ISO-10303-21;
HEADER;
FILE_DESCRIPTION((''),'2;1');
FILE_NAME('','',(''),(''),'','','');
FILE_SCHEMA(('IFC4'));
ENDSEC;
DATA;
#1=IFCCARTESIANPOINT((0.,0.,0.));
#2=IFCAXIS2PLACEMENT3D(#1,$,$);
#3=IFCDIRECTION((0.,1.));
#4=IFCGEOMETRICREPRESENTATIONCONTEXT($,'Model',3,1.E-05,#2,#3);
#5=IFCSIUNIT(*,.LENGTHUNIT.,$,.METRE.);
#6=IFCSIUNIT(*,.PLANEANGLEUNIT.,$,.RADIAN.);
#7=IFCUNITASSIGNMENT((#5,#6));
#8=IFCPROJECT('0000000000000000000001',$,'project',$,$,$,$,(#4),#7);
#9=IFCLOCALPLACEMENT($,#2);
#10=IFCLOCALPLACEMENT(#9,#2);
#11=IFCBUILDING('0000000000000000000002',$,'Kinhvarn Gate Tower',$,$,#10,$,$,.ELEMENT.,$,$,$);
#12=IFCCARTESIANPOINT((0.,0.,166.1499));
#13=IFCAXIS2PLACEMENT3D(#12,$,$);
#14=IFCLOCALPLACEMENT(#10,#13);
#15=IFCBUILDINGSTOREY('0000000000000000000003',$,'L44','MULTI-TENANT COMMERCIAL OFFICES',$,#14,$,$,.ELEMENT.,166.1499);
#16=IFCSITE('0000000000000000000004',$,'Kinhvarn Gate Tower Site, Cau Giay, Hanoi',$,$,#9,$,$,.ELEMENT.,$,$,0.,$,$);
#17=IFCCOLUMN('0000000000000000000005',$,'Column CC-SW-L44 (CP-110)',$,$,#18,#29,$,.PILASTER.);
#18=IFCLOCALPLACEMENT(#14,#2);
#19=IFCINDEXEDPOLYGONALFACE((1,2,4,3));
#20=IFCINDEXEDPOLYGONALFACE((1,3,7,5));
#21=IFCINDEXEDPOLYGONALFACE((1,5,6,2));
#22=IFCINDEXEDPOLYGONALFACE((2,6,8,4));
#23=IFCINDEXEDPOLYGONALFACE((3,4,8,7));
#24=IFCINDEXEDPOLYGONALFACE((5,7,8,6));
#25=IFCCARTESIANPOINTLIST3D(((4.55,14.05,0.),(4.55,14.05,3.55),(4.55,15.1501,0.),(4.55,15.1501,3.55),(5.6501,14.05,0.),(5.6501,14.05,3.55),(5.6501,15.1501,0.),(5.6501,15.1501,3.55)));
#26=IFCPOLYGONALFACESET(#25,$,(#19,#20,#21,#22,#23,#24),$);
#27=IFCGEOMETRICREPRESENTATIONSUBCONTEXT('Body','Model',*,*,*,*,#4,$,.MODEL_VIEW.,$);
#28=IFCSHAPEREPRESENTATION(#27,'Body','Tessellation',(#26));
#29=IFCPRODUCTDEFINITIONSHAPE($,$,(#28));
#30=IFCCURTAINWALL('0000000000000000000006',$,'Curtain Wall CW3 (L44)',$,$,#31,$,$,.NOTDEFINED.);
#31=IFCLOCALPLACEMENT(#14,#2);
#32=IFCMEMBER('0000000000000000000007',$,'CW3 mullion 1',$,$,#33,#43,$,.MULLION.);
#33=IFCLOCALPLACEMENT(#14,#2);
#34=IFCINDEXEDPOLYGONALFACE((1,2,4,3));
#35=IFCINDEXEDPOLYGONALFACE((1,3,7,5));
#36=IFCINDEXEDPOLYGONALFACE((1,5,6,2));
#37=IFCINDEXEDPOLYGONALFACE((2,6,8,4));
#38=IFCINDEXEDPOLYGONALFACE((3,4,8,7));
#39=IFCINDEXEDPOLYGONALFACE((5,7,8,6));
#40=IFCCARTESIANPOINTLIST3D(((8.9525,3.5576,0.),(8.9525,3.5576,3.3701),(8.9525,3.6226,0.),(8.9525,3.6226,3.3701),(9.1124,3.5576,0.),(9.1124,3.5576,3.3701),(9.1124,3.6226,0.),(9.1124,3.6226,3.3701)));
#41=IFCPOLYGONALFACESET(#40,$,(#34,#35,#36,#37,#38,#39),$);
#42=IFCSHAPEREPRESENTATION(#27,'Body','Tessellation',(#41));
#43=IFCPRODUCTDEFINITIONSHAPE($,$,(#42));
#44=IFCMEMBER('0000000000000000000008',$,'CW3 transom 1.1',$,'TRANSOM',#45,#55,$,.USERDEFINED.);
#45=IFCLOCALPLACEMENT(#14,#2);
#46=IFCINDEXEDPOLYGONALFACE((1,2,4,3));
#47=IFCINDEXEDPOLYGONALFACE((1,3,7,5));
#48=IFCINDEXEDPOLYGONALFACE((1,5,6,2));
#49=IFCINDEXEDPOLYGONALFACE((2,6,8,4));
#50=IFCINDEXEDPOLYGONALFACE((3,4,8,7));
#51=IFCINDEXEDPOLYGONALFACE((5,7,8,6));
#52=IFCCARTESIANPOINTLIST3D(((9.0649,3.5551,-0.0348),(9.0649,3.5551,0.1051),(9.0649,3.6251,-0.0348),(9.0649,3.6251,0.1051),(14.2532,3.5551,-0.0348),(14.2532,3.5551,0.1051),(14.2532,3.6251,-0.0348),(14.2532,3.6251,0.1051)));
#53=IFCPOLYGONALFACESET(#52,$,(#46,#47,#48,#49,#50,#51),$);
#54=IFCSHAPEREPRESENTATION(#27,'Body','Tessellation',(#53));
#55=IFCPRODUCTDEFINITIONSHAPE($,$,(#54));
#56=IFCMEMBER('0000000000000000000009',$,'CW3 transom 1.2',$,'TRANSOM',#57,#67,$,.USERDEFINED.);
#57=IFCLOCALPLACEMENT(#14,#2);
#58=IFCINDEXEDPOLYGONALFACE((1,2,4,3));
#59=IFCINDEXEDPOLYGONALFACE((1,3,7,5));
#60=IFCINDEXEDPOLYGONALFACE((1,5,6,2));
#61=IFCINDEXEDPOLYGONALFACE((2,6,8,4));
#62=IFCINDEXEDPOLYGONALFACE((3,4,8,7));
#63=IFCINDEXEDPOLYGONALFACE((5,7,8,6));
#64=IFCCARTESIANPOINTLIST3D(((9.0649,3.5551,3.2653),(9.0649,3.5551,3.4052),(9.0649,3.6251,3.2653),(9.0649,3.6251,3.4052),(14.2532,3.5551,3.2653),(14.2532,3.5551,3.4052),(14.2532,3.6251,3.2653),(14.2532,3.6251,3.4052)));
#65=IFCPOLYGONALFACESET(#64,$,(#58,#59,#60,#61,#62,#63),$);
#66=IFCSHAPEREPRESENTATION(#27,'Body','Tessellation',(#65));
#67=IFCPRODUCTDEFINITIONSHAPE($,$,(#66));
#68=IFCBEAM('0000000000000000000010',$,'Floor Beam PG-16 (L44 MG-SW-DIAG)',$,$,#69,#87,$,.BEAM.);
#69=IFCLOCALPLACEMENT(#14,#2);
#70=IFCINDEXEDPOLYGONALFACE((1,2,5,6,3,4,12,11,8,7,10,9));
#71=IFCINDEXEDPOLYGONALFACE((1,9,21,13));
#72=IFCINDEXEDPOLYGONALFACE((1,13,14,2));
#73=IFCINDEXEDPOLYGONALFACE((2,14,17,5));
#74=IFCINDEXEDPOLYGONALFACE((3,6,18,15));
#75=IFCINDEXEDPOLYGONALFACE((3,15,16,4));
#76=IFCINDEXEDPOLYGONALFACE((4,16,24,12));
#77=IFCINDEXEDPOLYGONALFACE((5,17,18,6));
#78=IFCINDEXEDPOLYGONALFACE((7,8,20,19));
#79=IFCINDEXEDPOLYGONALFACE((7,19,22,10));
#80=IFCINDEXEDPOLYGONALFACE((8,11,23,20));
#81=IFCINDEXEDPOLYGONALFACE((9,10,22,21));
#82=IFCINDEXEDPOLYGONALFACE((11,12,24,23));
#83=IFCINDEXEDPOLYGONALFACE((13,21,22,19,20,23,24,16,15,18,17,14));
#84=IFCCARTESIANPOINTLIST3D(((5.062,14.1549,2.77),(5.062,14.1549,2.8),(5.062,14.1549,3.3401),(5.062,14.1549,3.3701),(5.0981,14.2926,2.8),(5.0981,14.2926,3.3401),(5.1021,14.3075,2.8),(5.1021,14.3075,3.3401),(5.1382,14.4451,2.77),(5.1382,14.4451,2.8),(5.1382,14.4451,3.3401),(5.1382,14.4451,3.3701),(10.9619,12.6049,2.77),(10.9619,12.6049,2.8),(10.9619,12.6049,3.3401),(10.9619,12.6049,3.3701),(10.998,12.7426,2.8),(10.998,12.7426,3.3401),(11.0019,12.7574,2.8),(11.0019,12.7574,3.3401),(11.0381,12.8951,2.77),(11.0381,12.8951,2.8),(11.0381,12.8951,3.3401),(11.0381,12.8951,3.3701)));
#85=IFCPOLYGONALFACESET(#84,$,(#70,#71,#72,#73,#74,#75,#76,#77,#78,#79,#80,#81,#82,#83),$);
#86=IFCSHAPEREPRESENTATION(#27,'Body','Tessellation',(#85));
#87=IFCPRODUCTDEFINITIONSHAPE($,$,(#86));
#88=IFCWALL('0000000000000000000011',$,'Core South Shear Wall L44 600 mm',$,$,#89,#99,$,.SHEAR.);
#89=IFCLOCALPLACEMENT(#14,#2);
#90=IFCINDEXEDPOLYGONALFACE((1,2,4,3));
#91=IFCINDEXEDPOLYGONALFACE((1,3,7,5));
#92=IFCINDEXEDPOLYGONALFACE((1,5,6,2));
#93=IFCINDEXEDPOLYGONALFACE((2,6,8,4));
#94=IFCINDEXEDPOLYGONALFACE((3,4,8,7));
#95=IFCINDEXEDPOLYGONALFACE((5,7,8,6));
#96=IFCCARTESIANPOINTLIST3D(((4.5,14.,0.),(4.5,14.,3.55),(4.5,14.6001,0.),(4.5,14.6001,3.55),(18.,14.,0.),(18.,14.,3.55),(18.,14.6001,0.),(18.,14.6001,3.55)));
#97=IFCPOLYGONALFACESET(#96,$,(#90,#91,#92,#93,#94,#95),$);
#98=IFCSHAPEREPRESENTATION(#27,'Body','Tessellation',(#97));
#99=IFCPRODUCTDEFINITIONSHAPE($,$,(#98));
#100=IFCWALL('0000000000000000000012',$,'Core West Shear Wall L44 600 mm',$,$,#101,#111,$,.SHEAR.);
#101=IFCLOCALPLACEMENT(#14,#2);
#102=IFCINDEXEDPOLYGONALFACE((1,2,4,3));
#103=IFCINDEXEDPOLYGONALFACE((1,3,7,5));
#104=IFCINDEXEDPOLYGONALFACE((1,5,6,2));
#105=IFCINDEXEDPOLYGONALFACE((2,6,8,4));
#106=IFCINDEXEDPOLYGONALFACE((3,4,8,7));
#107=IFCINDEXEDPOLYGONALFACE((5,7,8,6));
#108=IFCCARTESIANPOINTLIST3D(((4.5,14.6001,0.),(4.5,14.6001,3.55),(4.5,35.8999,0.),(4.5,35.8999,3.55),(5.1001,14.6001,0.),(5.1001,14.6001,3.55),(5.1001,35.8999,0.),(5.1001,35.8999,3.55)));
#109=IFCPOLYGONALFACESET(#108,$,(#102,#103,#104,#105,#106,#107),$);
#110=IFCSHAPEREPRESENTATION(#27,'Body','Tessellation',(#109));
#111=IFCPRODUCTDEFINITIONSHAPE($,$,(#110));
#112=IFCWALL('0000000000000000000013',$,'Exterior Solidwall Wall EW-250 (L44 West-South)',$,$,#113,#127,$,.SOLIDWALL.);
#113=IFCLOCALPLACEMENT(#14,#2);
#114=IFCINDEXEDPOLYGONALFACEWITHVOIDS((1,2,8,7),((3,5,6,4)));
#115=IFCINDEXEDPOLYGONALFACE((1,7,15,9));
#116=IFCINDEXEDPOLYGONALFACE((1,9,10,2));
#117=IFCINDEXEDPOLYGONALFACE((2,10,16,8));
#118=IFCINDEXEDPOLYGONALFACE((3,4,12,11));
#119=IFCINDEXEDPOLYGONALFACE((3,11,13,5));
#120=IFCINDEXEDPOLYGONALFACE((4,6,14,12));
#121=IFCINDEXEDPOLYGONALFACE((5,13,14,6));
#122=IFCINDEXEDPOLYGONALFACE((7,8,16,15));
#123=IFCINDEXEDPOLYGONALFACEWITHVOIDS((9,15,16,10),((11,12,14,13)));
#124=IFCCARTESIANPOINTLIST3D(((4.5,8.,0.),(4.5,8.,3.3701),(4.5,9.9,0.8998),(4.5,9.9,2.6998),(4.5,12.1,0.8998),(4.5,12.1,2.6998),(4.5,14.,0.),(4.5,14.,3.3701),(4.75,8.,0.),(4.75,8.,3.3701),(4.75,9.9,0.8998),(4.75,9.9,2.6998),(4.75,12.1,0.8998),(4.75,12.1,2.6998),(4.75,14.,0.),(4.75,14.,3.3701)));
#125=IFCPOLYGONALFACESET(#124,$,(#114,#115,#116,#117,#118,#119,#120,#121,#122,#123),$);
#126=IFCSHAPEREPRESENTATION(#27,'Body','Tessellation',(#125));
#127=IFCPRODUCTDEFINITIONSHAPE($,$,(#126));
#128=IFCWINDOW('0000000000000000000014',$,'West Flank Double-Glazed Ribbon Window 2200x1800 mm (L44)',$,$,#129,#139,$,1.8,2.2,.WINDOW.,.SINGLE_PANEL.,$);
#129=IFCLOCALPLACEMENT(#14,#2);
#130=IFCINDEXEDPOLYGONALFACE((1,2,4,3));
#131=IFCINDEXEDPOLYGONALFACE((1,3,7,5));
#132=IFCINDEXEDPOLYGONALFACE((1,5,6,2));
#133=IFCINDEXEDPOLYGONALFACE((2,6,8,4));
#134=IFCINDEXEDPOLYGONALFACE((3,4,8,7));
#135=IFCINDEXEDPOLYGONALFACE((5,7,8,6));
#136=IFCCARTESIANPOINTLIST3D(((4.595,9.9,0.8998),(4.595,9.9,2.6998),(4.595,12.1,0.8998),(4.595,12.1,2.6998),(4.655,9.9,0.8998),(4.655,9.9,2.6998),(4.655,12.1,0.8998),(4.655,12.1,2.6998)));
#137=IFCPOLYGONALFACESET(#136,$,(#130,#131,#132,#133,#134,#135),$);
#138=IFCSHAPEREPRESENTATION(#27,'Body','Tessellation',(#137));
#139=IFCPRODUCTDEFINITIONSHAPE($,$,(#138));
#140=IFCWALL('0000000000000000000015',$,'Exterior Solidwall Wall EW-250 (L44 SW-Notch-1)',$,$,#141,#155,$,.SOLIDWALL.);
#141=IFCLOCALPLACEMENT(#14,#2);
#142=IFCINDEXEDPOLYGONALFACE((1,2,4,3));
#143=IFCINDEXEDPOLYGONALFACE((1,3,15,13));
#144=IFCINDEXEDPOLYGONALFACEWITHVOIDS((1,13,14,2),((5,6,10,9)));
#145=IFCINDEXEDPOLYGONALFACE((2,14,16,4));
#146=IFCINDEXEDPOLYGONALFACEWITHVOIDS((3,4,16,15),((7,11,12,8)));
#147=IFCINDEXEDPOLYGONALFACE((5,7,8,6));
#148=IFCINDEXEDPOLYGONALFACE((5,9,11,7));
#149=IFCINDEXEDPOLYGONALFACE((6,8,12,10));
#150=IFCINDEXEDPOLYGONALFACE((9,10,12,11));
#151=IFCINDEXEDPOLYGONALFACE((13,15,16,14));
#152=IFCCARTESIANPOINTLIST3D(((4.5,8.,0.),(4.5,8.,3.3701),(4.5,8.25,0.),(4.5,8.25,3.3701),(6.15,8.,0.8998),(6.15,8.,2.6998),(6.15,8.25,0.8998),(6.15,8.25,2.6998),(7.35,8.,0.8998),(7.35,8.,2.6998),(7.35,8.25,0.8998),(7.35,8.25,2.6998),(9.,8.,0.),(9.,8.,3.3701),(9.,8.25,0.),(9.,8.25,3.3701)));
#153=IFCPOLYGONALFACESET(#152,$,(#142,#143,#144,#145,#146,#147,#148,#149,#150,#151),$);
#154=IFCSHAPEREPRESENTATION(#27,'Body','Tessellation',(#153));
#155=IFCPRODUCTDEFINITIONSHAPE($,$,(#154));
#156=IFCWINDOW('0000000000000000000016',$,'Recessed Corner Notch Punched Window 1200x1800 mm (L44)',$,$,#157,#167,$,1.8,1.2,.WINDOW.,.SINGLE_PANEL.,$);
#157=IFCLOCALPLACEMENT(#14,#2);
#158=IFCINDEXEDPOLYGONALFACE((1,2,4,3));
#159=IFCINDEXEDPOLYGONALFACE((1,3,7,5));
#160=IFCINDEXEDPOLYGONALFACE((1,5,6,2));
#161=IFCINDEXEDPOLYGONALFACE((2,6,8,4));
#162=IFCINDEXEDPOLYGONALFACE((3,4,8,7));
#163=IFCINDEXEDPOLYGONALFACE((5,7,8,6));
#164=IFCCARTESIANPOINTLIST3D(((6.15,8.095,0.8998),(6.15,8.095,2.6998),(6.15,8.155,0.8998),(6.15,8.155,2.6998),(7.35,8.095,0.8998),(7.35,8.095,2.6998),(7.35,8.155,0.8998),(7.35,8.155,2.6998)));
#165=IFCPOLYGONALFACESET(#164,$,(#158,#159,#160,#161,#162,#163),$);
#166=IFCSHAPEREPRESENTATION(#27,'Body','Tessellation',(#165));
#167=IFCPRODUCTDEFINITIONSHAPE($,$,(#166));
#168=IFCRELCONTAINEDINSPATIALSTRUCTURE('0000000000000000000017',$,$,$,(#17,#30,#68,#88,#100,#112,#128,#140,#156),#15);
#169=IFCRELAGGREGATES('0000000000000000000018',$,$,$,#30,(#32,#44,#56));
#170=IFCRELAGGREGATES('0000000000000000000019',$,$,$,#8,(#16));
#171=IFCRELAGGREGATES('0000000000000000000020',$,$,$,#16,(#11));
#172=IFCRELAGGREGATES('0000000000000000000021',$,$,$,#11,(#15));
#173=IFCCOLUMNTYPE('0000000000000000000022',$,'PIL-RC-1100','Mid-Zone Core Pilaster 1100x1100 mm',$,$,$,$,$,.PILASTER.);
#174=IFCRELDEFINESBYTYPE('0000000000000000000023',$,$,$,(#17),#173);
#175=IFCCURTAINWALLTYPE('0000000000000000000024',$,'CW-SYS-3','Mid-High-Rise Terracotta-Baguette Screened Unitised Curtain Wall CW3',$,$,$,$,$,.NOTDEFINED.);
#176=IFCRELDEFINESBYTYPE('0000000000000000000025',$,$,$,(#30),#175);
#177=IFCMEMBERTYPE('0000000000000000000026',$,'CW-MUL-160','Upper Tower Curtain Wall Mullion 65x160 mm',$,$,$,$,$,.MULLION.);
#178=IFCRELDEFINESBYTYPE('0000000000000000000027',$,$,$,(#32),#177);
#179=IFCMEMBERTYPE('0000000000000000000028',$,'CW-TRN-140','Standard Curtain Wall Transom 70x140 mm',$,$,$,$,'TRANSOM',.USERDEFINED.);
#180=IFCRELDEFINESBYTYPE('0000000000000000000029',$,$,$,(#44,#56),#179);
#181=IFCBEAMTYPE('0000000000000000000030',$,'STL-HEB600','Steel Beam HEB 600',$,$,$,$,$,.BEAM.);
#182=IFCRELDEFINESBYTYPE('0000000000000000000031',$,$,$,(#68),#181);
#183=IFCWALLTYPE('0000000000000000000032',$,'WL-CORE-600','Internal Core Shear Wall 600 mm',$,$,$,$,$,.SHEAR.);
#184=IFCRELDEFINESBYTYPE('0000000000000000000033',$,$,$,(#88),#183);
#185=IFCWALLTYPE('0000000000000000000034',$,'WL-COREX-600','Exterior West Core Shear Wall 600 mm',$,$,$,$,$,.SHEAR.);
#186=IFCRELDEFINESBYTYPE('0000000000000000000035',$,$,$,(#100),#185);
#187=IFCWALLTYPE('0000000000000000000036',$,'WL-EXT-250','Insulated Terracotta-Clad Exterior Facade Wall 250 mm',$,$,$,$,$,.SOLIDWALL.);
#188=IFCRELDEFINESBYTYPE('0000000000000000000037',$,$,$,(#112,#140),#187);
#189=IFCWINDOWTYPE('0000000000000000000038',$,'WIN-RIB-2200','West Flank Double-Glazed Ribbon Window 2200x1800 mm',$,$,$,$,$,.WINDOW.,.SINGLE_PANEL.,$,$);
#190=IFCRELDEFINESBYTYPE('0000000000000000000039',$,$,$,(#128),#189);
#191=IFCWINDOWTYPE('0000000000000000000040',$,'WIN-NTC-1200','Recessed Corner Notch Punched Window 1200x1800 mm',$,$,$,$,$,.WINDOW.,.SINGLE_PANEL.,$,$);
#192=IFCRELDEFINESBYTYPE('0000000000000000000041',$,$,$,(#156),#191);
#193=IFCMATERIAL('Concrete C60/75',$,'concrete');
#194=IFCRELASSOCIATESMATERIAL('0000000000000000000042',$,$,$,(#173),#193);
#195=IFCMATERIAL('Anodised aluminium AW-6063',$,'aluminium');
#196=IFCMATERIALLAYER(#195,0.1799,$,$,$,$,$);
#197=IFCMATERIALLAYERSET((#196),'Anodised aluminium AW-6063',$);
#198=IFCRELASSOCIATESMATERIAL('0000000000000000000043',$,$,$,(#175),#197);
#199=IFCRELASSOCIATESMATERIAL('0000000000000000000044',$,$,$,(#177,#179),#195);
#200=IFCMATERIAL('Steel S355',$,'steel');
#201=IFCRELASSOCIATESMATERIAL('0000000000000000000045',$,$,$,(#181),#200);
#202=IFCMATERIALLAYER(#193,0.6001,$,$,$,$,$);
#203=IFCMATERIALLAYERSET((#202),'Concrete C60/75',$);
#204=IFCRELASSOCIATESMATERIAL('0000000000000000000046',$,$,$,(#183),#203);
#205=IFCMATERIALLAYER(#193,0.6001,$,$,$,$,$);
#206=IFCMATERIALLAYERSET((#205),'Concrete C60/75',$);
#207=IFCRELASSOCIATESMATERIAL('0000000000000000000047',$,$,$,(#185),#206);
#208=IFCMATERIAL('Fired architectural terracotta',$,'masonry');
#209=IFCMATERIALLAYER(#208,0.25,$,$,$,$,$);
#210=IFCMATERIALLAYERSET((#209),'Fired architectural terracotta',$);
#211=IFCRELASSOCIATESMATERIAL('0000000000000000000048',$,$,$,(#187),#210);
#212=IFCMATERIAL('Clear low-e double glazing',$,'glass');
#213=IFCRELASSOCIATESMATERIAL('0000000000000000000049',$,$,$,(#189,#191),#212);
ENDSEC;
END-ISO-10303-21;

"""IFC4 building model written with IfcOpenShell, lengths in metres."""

from ifc_helpers import new_model, si_unit, direction, frame, frame_2d, origin, origin_2d, place, context, subcontext, project, spatial, rectangle, i_section, extrude, material, layer, layer_set, material_profile, profile_set, type_object, element, fill, aggregate, save


model = new_model("IFC4")

# Units and contexts
model_context = context("Model", 3, precision=1e-05, world=origin(), true_north=direction((0.0, 1.0)))
body_context = subcontext(model_context, "Body", "Model", "MODEL_VIEW")
ifc_project = project(units=[si_unit("LENGTHUNIT", "METRE"), si_unit("PLANEANGLEUNIT", "RADIAN")], contexts=[model_context])

# Site, building, storey
site_placement = place(None, origin())
site = spatial("IfcSite", under=ifc_project, at=site_placement, Name="Kinhvarn Gate Tower Site, Cau Giay, Hanoi", CompositionType="ELEMENT", RefElevation=0.0)
building_placement = place(site_placement, origin())
building = spatial("IfcBuilding", under=site, at=building_placement, Name="Kinhvarn Gate Tower", CompositionType="ELEMENT")
storey_placement = place(building_placement, frame((0.0, 0.0, 166.1499)))
storey = spatial("IfcBuildingStorey", under=building, at=storey_placement, Name="L44", Description="MULTI-TENANT COMMERCIAL OFFICES", CompositionType="ELEMENT", Elevation=166.1499)

# Column
ifc_material_1 = material(Name="Concrete C60/75", Category="concrete")
ifc_material_profile_1 = material_profile(ifc_material_1, rectangle(XDim=1.1001, YDim=1.1001, at=origin_2d()), Name="RC 1100x1100")
ifc_profile_set_1 = profile_set([ifc_material_profile_1], Name="Concrete C60/75")
column_type = type_object("IfcColumnType", Name="PIL-RC-1100", Description="Mid-Zone Core Pilaster 1100x1100 mm", PredefinedType="PILASTER", material=ifc_profile_set_1)
column_placement = place(storey_placement, frame((5.1001, 14.6001, 0.0), z_axis=(0.0, 0.0, 1.0), x_axis=(1.0, 0.0, 0.0)))
element("IfcColumn", 1, at=column_placement, inside=storey, type_object=column_type, Name="Column CC-SW-L44 (CP-110)", PredefinedType="PILASTER", context=body_context, shape_type="SweptSolid", body=[
    extrude(rectangle(XDim=1.1001, YDim=1.1001, at=origin_2d()), origin(), (0.0, 0.0, 1.0), 3.55),
])

# Curtain wall, members
ifc_material_2 = material(Name="Anodised aluminium AW-6063", Category="aluminium")
ifc_layer_1 = layer(ifc_material_2, 0.1799)
ifc_layer_set_1 = layer_set([ifc_layer_1], Name="Anodised aluminium AW-6063")
curtain_wall_type = type_object("IfcCurtainWallType", Name="CW-SYS-3", Description="Mid-High-Rise Terracotta-Baguette Screened Unitised Curtain Wall CW3", PredefinedType="NOTDEFINED", material=ifc_layer_set_1)
curtain_wall_placement = place(storey_placement, origin())
curtain_wall = element("IfcCurtainWall", 2, at=curtain_wall_placement, inside=storey, type_object=curtain_wall_type, Name="Curtain Wall CW3 (L44)", PredefinedType="NOTDEFINED")
ifc_material_profile_2 = material_profile(ifc_material_2, rectangle(XDim=0.0649, YDim=0.1599, at=origin_2d()), Name="ALU 65x160")
ifc_profile_set_2 = profile_set([ifc_material_profile_2], Name="Anodised aluminium AW-6063")
member_type_1 = type_object("IfcMemberType", Name="CW-MUL-160", Description="Upper Tower Curtain Wall Mullion 65x160 mm", PredefinedType="MULLION", material=ifc_profile_set_2)
member_1_placement = place(storey_placement, frame((9.0325, 3.5901, 0.0), z_axis=(0.0, 0.0, 1.0), x_axis=(0.0, 1.0, 0.0)))
member_1 = element("IfcMember", 3, at=member_1_placement, type_object=member_type_1, Name="CW3 mullion 1", PredefinedType="MULLION", context=body_context, shape_type="SweptSolid", body=[
    extrude(rectangle(XDim=0.0649, YDim=0.1599, at=origin_2d()), origin(), (0.0, 0.0, 1.0), 3.3701),
])
ifc_material_profile_3 = material_profile(ifc_material_2, rectangle(XDim=0.0701, YDim=0.1399, at=origin_2d()), Name="ALU 70x140")
ifc_profile_set_3 = profile_set([ifc_material_profile_3], Name="Anodised aluminium AW-6063")
member_type_2 = type_object("IfcMemberType", Name="CW-TRN-140", Description="Standard Curtain Wall Transom 70x140 mm", ElementType="TRANSOM", PredefinedType="USERDEFINED", material=ifc_profile_set_3)
member_2_placement = place(storey_placement, frame((9.0649, 3.5901, 0.0352), z_axis=(1.0, 0.0, 0.0), x_axis=(0.0, 1.0, 0.0)))
member_2 = element("IfcMember", 4, at=member_2_placement, type_object=member_type_2, Name="CW3 transom 1.1", ObjectType="TRANSOM", PredefinedType="USERDEFINED", context=body_context, shape_type="SweptSolid", body=[
    extrude(rectangle(XDim=0.0701, YDim=0.1399, at=origin_2d()), origin(), (0.0, 0.0, 1.0), 5.1882),
])
member_3_placement = place(storey_placement, frame((9.0649, 3.5901, 3.3352), z_axis=(1.0, 0.0, 0.0), x_axis=(0.0, 1.0, 0.0)))
member_3 = element("IfcMember", 5, at=member_3_placement, type_object=member_type_2, Name="CW3 transom 1.2", ObjectType="TRANSOM", PredefinedType="USERDEFINED", context=body_context, shape_type="SweptSolid", body=[
    extrude(rectangle(XDim=0.0701, YDim=0.1399, at=origin_2d()), origin(), (0.0, 0.0, 1.0), 5.1882),
])
aggregate(curtain_wall, [member_1, member_2, member_3])

# Beam
ifc_material_3 = material(Name="Steel S355", Category="steel")
ifc_material_profile_4 = material_profile(ifc_material_3, i_section(OverallWidth=0.3, OverallDepth=0.6001, WebThickness=0.0154, FlangeThickness=0.03, at=origin_2d()), Name="HEB 600")
ifc_profile_set_4 = profile_set([ifc_material_profile_4], Name="Steel S355")
beam_type = type_object("IfcBeamType", Name="STL-HEB600", Description="Steel Beam HEB 600", PredefinedType="BEAM", material=ifc_profile_set_4)
beam_placement = place(storey_placement, frame((5.1001, 14.3, 3.0701), z_axis=(0.967178, -0.254101, 0.0), x_axis=(0.254101, 0.967178, 0.0)))
element("IfcBeam", 6, at=beam_placement, inside=storey, type_object=beam_type, Name="Floor Beam PG-16 (L44 MG-SW-DIAG)", PredefinedType="BEAM", context=body_context, shape_type="SweptSolid", body=[
    extrude(i_section(OverallWidth=0.3, OverallDepth=0.6001, WebThickness=0.0154, FlangeThickness=0.03, at=origin_2d()), origin(), (0.0, 0.0, 1.0), 6.1001),
])

# Walls
ifc_layer_2 = layer(ifc_material_1, 0.6001)
ifc_layer_set_2 = layer_set([ifc_layer_2], Name="Concrete C60/75")
wall_type_1 = type_object("IfcWallType", Name="WL-CORE-600", Description="Internal Core Shear Wall 600 mm", PredefinedType="SHEAR", material=ifc_layer_set_2)
wall_1_placement = place(storey_placement, frame((4.5, 14.3, 0.0), z_axis=(0.0, 0.0, 1.0), x_axis=(1.0, 0.0, 0.0)))
element("IfcWall", 7, at=wall_1_placement, inside=storey, type_object=wall_type_1, Name="Core South Shear Wall L44 600 mm", PredefinedType="SHEAR", context=body_context, shape_type="SweptSolid", body=[
    extrude(rectangle(XDim=13.5, YDim=0.6001, at=frame_2d((6.75, 0.0))), origin(), (0.0, 0.0, 1.0), 3.55),
])
ifc_layer_3 = layer(ifc_material_1, 0.6001)
ifc_layer_set_3 = layer_set([ifc_layer_3], Name="Concrete C60/75")
wall_type_2 = type_object("IfcWallType", Name="WL-COREX-600", Description="Exterior West Core Shear Wall 600 mm", PredefinedType="SHEAR", material=ifc_layer_set_3)
wall_2_placement = place(storey_placement, frame((4.8, 14.6001, 0.0), z_axis=(0.0, 0.0, 1.0), x_axis=(0.0, 1.0, 0.0)))
element("IfcWall", 8, at=wall_2_placement, inside=storey, type_object=wall_type_2, Name="Core West Shear Wall L44 600 mm", PredefinedType="SHEAR", context=body_context, shape_type="SweptSolid", body=[
    extrude(rectangle(XDim=21.2998, YDim=0.6001, at=frame_2d((10.6499, 0.0))), origin(), (0.0, 0.0, 1.0), 3.55),
])

# Walls, openings, windows
ifc_material_4 = material(Name="Fired architectural terracotta", Category="masonry")
ifc_layer_4 = layer(ifc_material_4, 0.25)
ifc_layer_set_4 = layer_set([ifc_layer_4], Name="Fired architectural terracotta")
wall_type_3 = type_object("IfcWallType", Name="WL-EXT-250", Description="Insulated Terracotta-Clad Exterior Facade Wall 250 mm", PredefinedType="SOLIDWALL", material=ifc_layer_set_4)
wall_3_placement = place(storey_placement, frame((4.625, 14.0, 0.0), z_axis=(0.0, 0.0, 1.0), x_axis=(0.0, -1.0, 0.0)))
wall_3 = element("IfcWall", 9, at=wall_3_placement, inside=storey, type_object=wall_type_3, Name="Exterior Solidwall Wall EW-250 (L44 West-South)", PredefinedType="SOLIDWALL", context=body_context, shape_type="SweptSolid", body=[
    extrude(rectangle(XDim=6.0, YDim=0.25, at=frame_2d((3.0, 0.0))), origin(), (0.0, 0.0, 1.0), 3.3701),
])
opening_1_placement = place(wall_3_placement, frame((1.8999, 0.0, 0.8999)))
opening_1 = element("IfcOpeningElement", 10, at=opening_1_placement, cuts=wall_3, PredefinedType="OPENING", context=body_context, shape_type="SweptSolid", body=[
    extrude(rectangle(XDim=2.2, YDim=1.8, at=frame_2d((1.1001, 0.8999))), frame((0.0, 0.135, 0.0), z_axis=(0.0, -1.0, 0.0), x_axis=(1.0, 0.0, 0.0)), (0.0, 0.0, 1.0), 0.27),
])
ifc_material_5 = material(Name="Clear low-e double glazing", Category="glass")
window_type_1 = type_object("IfcWindowType", Name="WIN-RIB-2200", Description="West Flank Double-Glazed Ribbon Window 2200x1800 mm", PartitioningType="SINGLE_PANEL", PredefinedType="WINDOW", material=ifc_material_5)
window_1_placement = place(opening_1_placement, origin())
window_1 = element("IfcWindow", 11, at=window_1_placement, inside=storey, type_object=window_type_1, Name="West Flank Double-Glazed Ribbon Window 2200x1800 mm (L44)", OverallHeight=1.8, OverallWidth=2.2, PartitioningType="SINGLE_PANEL", PredefinedType="WINDOW", context=body_context, shape_type="SweptSolid", body=[
    extrude(rectangle(XDim=2.2, YDim=1.8, at=frame_2d((1.1001, 0.8999))), frame((0.0, 0.03, 0.0), z_axis=(0.0, -1.0, 0.0), x_axis=(1.0, 0.0, 0.0)), (0.0, 0.0, 1.0), 0.0601),
])
fill(opening_1, window_1)
wall_4_placement = place(storey_placement, frame((4.5, 8.125, 0.0), z_axis=(0.0, 0.0, 1.0), x_axis=(1.0, 0.0, 0.0)))
wall_4 = element("IfcWall", 12, at=wall_4_placement, inside=storey, type_object=wall_type_3, Name="Exterior Solidwall Wall EW-250 (L44 SW-Notch-1)", PredefinedType="SOLIDWALL", context=body_context, shape_type="SweptSolid", body=[
    extrude(rectangle(XDim=4.5, YDim=0.25, at=frame_2d((2.25, 0.0))), origin(), (0.0, 0.0, 1.0), 3.3701),
])
opening_2_placement = place(wall_4_placement, frame((1.6499, 0.0, 0.8999)))
opening_2 = element("IfcOpeningElement", 13, at=opening_2_placement, cuts=wall_4, PredefinedType="OPENING", context=body_context, shape_type="SweptSolid", body=[
    extrude(rectangle(XDim=1.2, YDim=1.8, at=frame_2d((0.6001, 0.8999))), frame((0.0, 0.135, 0.0), z_axis=(0.0, -1.0, 0.0), x_axis=(1.0, 0.0, 0.0)), (0.0, 0.0, 1.0), 0.27),
])
window_type_2 = type_object("IfcWindowType", Name="WIN-NTC-1200", Description="Recessed Corner Notch Punched Window 1200x1800 mm", PartitioningType="SINGLE_PANEL", PredefinedType="WINDOW", material=ifc_material_5)
window_2_placement = place(opening_2_placement, origin())
window_2 = element("IfcWindow", 14, at=window_2_placement, inside=storey, type_object=window_type_2, Name="Recessed Corner Notch Punched Window 1200x1800 mm (L44)", OverallHeight=1.8, OverallWidth=1.2, PartitioningType="SINGLE_PANEL", PredefinedType="WINDOW", context=body_context, shape_type="SweptSolid", body=[
    extrude(rectangle(XDim=1.2, YDim=1.8, at=frame_2d((0.6001, 0.8999))), frame((0.0, 0.03, 0.0), z_axis=(0.0, -1.0, 0.0), x_axis=(1.0, 0.0, 0.0)), (0.0, 0.0, 1.0), 0.0601),
])
fill(opening_2, window_2)

save(model, "model.ifc")
